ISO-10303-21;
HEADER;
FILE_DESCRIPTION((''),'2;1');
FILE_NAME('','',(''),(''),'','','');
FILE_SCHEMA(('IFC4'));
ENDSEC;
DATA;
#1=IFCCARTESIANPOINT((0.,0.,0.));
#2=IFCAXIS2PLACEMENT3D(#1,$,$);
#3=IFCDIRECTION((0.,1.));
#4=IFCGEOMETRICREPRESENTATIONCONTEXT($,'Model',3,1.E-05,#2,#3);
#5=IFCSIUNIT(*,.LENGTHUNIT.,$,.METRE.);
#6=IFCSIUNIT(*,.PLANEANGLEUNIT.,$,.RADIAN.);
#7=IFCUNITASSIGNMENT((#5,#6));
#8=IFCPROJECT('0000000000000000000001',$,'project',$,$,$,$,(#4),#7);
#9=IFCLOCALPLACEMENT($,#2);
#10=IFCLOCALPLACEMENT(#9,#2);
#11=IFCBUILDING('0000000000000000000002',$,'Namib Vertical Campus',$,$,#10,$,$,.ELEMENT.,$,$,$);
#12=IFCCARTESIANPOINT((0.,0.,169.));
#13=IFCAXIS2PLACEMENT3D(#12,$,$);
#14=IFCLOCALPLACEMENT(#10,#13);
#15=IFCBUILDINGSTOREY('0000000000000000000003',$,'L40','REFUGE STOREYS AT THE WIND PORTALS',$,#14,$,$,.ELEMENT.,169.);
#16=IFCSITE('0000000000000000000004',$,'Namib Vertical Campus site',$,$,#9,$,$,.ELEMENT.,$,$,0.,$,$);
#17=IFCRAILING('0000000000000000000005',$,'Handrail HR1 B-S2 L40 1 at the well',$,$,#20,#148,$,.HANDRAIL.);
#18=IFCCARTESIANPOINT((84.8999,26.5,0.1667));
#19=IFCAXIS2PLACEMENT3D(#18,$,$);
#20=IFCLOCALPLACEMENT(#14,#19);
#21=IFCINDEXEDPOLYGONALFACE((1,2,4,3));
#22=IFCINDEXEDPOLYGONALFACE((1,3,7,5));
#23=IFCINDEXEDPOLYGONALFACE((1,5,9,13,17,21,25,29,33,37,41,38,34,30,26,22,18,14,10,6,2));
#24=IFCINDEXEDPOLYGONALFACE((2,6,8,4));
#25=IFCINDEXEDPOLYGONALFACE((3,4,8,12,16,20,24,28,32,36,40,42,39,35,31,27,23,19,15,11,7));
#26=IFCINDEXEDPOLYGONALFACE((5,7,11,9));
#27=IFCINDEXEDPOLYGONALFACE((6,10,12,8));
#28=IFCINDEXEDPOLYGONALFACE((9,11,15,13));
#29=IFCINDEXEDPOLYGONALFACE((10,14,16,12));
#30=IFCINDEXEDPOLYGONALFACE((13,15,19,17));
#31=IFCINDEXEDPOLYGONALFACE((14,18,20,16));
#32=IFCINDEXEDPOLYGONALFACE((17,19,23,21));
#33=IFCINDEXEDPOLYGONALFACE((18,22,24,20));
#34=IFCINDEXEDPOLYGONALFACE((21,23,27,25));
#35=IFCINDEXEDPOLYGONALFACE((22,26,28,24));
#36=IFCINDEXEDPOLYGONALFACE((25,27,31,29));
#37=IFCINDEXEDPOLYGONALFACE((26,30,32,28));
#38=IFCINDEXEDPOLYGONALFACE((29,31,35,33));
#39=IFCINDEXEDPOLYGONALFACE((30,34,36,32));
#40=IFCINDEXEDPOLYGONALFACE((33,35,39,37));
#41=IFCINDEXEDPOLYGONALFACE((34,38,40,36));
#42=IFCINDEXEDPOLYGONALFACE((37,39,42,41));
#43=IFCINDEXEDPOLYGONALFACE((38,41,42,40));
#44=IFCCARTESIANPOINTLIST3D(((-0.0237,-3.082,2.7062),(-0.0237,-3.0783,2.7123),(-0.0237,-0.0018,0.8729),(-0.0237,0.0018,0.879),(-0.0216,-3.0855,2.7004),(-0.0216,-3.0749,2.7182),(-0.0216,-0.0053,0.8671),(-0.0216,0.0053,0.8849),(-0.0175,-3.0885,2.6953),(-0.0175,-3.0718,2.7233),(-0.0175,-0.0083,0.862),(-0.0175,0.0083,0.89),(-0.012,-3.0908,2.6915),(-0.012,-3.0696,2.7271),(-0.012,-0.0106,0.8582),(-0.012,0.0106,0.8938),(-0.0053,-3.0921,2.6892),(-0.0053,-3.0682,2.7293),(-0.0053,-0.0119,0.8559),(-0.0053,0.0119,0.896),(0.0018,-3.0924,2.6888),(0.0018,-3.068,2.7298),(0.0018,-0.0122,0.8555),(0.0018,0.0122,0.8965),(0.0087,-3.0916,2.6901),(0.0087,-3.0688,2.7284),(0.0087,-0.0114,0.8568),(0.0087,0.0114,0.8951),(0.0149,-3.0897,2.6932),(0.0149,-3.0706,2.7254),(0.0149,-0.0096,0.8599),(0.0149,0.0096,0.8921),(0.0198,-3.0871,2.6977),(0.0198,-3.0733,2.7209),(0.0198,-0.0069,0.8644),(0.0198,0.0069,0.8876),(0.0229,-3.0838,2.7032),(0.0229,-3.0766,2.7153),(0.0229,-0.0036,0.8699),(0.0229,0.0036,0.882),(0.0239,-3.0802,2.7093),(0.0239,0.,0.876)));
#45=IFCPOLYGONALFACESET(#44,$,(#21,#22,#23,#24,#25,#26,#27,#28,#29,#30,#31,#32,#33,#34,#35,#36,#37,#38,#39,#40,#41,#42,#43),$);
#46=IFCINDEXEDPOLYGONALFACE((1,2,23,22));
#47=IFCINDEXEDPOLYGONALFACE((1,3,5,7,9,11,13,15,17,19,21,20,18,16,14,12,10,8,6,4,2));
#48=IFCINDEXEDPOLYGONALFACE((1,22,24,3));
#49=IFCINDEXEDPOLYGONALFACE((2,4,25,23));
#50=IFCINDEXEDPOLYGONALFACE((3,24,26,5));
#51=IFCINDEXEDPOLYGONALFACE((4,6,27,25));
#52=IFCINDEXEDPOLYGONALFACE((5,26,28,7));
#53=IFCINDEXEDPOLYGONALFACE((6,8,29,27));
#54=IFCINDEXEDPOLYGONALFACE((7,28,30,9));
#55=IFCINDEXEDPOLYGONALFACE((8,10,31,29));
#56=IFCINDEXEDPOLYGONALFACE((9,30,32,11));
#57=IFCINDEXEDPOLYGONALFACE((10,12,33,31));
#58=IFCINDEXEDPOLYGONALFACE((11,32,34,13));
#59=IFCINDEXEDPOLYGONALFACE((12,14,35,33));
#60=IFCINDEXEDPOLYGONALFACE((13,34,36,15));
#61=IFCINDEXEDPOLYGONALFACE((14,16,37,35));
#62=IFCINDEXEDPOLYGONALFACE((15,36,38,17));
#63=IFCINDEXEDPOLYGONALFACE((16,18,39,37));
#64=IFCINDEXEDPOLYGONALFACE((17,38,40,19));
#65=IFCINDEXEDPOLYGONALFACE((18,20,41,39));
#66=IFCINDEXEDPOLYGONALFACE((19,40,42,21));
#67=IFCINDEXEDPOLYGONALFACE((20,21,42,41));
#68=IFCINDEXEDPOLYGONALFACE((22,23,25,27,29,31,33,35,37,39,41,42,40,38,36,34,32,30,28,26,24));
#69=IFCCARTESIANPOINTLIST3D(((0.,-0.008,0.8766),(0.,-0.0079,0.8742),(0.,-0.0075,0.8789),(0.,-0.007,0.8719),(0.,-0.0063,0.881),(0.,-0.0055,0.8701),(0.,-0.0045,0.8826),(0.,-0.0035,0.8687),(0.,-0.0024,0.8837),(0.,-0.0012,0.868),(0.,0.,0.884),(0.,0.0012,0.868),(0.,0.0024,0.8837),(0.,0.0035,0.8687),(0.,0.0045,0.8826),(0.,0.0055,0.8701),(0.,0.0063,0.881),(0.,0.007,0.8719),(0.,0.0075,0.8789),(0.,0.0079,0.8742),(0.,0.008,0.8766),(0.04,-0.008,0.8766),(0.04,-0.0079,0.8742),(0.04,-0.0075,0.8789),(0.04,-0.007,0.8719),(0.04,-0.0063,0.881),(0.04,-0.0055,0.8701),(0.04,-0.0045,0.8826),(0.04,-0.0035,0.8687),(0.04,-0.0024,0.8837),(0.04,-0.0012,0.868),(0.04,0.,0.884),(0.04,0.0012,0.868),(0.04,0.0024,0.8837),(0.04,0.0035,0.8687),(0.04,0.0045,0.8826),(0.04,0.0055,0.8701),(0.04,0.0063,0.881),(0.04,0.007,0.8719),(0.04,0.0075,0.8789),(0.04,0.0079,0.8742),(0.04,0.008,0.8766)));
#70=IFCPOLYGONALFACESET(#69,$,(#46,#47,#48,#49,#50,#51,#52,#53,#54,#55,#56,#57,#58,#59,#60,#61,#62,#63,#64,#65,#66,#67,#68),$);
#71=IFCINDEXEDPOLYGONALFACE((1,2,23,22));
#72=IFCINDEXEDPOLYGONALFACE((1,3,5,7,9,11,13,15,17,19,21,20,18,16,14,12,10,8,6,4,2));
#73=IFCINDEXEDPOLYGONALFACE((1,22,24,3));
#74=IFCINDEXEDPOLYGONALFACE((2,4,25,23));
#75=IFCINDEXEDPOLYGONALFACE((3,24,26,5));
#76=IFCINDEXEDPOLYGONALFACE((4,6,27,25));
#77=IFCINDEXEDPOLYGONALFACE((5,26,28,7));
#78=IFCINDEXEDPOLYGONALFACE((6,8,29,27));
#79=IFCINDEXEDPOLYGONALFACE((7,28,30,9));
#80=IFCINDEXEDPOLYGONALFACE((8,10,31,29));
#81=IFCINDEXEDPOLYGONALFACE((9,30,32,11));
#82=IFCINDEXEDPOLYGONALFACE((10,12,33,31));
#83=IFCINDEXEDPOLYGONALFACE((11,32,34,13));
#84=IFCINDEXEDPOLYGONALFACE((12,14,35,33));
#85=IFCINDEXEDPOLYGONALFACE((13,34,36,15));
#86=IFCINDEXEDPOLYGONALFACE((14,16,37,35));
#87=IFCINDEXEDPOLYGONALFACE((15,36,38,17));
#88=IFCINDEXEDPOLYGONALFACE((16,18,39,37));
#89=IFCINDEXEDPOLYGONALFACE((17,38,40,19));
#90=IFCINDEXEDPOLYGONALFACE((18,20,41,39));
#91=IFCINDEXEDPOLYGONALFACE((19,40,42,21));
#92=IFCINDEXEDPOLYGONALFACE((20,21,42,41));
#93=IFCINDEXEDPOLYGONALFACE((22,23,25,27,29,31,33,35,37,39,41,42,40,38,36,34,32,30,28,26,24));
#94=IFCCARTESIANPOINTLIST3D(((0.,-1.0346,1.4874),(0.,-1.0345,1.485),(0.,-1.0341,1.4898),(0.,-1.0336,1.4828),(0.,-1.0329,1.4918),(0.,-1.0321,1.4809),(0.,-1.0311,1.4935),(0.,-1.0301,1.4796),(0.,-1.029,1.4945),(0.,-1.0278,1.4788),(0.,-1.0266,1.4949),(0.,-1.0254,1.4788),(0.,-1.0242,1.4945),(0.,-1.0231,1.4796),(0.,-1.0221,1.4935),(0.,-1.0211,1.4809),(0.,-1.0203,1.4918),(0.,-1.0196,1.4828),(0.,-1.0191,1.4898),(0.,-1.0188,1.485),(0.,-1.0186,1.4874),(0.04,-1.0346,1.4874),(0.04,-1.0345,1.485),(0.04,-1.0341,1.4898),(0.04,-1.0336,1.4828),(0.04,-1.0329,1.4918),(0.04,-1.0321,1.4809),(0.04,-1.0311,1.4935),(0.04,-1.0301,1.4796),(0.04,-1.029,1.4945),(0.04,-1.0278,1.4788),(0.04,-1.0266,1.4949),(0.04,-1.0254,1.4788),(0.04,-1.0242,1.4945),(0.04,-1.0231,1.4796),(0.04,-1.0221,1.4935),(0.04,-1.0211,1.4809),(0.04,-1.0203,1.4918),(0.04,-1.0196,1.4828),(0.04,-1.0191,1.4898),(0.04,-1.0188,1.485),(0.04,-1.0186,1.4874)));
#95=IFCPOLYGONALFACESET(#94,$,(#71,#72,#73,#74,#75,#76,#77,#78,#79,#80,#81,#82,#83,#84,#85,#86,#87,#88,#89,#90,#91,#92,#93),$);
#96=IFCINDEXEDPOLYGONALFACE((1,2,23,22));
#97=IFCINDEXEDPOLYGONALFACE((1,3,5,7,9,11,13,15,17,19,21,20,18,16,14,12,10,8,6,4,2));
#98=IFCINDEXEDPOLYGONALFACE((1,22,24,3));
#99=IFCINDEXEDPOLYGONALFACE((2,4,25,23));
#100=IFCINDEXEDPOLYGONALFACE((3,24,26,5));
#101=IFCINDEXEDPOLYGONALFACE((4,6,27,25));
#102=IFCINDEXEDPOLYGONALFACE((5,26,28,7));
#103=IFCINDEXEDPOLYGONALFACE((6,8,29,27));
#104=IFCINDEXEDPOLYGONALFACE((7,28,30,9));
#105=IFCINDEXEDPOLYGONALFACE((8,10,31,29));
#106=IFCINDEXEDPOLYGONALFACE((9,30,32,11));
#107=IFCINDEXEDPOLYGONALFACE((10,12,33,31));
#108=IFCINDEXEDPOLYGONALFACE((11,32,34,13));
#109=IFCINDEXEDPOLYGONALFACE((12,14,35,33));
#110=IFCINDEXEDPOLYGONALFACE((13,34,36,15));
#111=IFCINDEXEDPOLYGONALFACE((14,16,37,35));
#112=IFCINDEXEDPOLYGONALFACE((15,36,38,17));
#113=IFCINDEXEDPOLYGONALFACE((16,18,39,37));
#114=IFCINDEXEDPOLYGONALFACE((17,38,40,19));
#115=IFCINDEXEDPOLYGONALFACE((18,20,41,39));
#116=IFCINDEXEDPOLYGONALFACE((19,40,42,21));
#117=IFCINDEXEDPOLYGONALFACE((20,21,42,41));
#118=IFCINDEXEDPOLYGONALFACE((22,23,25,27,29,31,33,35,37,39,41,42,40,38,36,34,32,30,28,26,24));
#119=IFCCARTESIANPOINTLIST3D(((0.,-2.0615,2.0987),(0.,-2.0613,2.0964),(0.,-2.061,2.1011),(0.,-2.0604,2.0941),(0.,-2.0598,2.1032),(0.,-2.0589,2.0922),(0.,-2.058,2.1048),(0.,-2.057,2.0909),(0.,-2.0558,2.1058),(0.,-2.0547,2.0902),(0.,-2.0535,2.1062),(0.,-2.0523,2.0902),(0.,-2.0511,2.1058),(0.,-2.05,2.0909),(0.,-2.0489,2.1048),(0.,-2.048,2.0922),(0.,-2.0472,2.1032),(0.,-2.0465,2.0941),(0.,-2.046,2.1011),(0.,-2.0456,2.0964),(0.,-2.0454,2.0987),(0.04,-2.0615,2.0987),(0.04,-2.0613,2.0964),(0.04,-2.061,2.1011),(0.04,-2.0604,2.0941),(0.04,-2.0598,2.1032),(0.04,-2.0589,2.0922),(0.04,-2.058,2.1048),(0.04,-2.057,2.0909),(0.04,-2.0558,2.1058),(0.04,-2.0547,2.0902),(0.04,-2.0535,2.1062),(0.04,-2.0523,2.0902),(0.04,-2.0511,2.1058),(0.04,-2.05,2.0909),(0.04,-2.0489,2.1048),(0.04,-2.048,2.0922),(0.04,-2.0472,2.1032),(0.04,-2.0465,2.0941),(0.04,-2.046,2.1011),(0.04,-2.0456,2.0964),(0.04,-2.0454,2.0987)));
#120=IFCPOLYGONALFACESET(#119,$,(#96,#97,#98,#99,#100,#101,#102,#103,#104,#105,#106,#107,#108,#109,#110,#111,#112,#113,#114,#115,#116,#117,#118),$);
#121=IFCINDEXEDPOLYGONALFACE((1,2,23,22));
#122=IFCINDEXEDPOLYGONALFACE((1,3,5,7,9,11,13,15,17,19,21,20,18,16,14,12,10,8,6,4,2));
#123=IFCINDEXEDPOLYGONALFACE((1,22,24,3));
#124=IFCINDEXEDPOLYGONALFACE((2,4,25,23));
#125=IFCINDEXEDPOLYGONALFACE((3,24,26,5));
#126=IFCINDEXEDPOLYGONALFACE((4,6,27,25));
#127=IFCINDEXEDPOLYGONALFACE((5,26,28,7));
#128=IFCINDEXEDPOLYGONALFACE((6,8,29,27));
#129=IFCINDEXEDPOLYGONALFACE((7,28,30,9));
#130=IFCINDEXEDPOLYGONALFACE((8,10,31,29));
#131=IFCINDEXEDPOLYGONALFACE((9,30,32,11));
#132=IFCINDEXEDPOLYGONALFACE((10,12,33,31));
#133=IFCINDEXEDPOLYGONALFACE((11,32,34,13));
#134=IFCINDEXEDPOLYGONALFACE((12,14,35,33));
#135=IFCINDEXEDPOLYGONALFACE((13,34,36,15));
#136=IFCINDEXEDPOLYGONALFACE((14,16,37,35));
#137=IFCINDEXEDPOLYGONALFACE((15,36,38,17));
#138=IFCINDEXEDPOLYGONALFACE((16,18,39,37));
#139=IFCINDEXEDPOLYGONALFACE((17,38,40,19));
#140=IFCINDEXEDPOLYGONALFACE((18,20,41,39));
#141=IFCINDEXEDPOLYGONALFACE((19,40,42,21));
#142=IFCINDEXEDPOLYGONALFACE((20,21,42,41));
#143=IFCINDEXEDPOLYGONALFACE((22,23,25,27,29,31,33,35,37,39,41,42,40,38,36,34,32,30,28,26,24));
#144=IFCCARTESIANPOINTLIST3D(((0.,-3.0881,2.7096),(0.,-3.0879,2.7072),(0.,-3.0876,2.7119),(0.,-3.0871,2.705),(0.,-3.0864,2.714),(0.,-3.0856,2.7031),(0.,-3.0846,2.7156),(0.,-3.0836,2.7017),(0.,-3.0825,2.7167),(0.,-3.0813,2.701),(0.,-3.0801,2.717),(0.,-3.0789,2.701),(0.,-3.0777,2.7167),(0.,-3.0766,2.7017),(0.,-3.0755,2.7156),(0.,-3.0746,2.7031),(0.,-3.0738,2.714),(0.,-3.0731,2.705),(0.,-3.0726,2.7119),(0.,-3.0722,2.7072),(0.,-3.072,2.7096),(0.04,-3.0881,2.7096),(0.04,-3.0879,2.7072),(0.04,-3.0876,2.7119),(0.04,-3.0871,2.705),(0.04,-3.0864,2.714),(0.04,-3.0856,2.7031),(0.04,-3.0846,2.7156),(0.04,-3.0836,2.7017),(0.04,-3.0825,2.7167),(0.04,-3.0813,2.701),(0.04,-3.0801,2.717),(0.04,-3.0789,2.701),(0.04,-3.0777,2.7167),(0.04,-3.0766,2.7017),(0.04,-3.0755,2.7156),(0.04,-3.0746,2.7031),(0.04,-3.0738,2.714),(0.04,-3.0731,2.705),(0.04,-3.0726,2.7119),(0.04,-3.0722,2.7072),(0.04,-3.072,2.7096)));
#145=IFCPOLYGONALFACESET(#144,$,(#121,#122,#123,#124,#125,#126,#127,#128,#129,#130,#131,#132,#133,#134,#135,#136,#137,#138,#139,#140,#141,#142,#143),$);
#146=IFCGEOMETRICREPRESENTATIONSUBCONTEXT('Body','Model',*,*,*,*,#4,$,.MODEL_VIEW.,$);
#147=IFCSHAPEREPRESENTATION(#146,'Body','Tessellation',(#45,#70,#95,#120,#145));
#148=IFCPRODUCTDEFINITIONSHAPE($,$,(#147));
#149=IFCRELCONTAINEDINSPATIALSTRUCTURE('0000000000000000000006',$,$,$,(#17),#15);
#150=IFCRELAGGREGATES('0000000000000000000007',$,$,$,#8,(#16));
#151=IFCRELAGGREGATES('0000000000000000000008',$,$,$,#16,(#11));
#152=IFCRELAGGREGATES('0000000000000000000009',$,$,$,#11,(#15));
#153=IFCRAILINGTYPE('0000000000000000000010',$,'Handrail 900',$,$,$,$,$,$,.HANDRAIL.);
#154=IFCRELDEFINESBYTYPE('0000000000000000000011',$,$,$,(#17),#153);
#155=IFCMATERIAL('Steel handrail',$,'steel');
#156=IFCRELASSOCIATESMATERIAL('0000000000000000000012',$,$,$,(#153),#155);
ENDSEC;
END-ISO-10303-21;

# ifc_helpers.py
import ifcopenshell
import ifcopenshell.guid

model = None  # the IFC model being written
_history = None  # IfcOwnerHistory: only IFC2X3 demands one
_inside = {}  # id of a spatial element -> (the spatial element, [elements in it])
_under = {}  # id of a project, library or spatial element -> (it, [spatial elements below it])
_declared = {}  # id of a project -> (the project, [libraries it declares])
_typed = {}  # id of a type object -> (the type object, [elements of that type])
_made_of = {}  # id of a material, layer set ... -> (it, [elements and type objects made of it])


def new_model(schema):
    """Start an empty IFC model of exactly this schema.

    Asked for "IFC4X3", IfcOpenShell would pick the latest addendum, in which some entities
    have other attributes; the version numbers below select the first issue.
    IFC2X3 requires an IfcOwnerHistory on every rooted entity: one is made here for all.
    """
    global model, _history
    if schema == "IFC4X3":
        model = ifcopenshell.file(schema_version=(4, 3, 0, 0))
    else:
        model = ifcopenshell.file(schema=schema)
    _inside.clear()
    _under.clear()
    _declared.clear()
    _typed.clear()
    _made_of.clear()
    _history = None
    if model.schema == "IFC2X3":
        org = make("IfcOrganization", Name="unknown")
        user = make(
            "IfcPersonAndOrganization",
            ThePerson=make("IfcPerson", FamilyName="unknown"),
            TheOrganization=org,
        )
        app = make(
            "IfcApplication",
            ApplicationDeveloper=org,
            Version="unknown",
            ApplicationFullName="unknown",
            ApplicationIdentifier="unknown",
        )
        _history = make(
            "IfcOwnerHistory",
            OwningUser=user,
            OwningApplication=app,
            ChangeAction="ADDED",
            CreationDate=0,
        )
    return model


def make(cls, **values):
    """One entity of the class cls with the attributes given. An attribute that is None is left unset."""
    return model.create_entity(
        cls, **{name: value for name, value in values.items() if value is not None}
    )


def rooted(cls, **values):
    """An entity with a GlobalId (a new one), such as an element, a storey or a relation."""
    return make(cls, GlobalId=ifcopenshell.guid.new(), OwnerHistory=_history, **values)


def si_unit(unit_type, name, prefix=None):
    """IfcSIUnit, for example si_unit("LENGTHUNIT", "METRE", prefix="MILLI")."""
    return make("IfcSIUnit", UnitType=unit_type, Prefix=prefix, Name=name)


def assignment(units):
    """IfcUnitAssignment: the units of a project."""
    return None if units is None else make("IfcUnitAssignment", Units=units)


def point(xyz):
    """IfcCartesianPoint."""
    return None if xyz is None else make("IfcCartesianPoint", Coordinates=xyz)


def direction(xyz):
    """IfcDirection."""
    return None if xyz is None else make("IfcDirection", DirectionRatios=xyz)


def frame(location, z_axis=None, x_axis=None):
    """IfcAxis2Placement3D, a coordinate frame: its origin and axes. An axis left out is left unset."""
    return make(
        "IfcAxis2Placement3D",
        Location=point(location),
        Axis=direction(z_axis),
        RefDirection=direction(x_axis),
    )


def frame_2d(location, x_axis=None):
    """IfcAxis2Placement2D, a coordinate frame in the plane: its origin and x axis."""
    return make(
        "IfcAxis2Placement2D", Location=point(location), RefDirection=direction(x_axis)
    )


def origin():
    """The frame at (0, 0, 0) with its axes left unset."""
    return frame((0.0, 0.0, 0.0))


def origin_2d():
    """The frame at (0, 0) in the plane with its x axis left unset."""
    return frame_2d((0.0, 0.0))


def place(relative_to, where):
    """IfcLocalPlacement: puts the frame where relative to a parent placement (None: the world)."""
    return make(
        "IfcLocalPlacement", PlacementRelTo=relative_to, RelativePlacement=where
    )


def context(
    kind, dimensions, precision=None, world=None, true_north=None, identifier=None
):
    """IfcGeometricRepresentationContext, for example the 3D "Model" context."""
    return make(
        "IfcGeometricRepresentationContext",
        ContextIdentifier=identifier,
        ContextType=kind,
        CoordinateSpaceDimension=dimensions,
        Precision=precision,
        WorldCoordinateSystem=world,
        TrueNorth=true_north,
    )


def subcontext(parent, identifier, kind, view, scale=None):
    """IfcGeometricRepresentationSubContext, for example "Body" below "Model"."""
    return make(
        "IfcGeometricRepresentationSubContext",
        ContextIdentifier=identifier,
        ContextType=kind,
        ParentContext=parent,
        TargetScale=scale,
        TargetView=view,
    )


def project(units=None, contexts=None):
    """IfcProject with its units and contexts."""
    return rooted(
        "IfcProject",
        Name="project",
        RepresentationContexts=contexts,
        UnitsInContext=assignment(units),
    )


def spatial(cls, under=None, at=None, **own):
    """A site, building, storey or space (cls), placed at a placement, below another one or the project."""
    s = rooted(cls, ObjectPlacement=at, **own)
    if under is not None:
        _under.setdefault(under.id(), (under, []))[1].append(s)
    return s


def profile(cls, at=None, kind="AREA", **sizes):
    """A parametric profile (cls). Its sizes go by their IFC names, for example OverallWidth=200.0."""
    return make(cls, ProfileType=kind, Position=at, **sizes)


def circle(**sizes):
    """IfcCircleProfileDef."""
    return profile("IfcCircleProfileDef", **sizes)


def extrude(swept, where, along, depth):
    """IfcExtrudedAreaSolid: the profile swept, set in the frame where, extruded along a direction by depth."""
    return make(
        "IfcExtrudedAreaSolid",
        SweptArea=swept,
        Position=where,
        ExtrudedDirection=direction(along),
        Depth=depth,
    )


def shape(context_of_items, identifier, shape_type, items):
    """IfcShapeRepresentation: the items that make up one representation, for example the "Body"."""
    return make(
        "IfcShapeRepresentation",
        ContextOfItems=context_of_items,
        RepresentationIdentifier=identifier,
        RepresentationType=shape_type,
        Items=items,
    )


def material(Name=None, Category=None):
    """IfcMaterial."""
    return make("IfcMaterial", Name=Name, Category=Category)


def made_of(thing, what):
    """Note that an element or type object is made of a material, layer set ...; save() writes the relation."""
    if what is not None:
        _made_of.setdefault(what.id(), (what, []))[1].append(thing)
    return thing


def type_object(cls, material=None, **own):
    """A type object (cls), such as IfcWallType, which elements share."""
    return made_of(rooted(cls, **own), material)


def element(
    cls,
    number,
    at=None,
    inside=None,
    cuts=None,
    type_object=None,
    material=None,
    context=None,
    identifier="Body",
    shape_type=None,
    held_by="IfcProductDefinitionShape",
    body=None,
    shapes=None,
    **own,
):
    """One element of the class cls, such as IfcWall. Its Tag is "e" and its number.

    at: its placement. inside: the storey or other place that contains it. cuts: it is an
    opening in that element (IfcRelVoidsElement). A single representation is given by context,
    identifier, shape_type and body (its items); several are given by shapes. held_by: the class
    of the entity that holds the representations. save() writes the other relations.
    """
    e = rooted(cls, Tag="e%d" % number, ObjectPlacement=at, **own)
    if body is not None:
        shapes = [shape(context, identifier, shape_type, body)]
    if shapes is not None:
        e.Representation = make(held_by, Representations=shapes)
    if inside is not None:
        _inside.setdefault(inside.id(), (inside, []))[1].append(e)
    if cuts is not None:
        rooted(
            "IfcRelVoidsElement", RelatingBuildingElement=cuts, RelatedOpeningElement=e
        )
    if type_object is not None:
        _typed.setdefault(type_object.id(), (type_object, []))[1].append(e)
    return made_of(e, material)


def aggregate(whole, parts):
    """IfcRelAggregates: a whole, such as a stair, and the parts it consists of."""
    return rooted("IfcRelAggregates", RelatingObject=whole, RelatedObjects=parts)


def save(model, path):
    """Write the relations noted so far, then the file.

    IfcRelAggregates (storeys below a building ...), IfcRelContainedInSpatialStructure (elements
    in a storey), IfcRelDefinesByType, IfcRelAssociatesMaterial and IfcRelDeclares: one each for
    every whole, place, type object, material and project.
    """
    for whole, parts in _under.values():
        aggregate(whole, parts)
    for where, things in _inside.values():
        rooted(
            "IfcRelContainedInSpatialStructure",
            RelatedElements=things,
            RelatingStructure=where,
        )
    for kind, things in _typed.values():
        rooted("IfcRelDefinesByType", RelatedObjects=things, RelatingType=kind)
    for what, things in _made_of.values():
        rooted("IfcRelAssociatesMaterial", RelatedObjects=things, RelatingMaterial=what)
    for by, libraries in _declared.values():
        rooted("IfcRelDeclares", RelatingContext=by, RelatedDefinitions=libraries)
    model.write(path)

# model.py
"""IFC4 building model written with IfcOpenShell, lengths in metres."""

from ifc_helpers import new_model, si_unit, direction, frame, origin, origin_2d, place, context, subcontext, project, spatial, circle, extrude, material, type_object, element, save


model = new_model("IFC4")

# Units and contexts
model_context = context("Model", 3, precision=1e-05, world=origin(), true_north=direction((0.0, 1.0)))
body_context = subcontext(model_context, "Body", "Model", "MODEL_VIEW")
ifc_project = project(units=[si_unit("LENGTHUNIT", "METRE"), si_unit("PLANEANGLEUNIT", "RADIAN")], contexts=[model_context])

# Site, building, storey
site_placement = place(None, origin())
site = spatial("IfcSite", under=ifc_project, at=site_placement, Name="Namib Vertical Campus site", CompositionType="ELEMENT", RefElevation=0.0)
building_placement = place(site_placement, origin())
building = spatial("IfcBuilding", under=site, at=building_placement, Name="Namib Vertical Campus", CompositionType="ELEMENT")
storey_placement = place(building_placement, frame((0.0, 0.0, 169.0)))
storey = spatial("IfcBuildingStorey", under=building, at=storey_placement, Name="L40", Description="REFUGE STOREYS AT THE WIND PORTALS", CompositionType="ELEMENT", Elevation=169.0)

# Railing
ifc_material_1 = material(Name="Steel handrail", Category="steel")
railing_type_1 = type_object("IfcRailingType", Name="Handrail 900", PredefinedType="HANDRAIL", material=ifc_material_1)
railing_1_placement = place(storey_placement, frame((84.8999, 26.5, 0.1667)))
element("IfcRailing", 1, at=railing_1_placement, inside=storey, type_object=railing_type_1, Name="Handrail HR1 B-S2 L40 1 at the well", PredefinedType="HANDRAIL", context=body_context, shape_type="SweptSolid", body=[
    extrude(circle(Radius=0.0239, at=origin_2d()), frame((0.0, 0.0, 0.876), z_axis=(0.0, -0.859309, 0.511458), x_axis=(1.0, 0.0, 0.0)), (0.0, 0.0, 1.0), 3.5845),
    extrude(circle(Radius=0.0081, at=origin_2d()), frame((0.0, 0.0, 0.876), z_axis=(1.0, 0.0, 0.0), x_axis=(0.0, 0.0, 1.0)), (0.0, 0.0, 1.0), 0.04),
    extrude(circle(Radius=0.0081, at=origin_2d()), frame((0.0, -1.0266, 1.4868), z_axis=(1.0, 0.0, 0.0), x_axis=(0.0, 0.0, 1.0)), (0.0, 0.0, 1.0), 0.04),
    extrude(circle(Radius=0.0081, at=origin_2d()), frame((0.0, -2.0535, 2.0981), z_axis=(1.0, 0.0, 0.0), x_axis=(0.0, 0.0, 1.0)), (0.0, 0.0, 1.0), 0.04),
    extrude(circle(Radius=0.0081, at=origin_2d()), frame((0.0, -3.0801, 2.709), z_axis=(1.0, 0.0, 0.0), x_axis=(0.0, 0.0, 1.0)), (0.0, 0.0, 1.0), 0.04),
])

save(model, "model.ifc")
